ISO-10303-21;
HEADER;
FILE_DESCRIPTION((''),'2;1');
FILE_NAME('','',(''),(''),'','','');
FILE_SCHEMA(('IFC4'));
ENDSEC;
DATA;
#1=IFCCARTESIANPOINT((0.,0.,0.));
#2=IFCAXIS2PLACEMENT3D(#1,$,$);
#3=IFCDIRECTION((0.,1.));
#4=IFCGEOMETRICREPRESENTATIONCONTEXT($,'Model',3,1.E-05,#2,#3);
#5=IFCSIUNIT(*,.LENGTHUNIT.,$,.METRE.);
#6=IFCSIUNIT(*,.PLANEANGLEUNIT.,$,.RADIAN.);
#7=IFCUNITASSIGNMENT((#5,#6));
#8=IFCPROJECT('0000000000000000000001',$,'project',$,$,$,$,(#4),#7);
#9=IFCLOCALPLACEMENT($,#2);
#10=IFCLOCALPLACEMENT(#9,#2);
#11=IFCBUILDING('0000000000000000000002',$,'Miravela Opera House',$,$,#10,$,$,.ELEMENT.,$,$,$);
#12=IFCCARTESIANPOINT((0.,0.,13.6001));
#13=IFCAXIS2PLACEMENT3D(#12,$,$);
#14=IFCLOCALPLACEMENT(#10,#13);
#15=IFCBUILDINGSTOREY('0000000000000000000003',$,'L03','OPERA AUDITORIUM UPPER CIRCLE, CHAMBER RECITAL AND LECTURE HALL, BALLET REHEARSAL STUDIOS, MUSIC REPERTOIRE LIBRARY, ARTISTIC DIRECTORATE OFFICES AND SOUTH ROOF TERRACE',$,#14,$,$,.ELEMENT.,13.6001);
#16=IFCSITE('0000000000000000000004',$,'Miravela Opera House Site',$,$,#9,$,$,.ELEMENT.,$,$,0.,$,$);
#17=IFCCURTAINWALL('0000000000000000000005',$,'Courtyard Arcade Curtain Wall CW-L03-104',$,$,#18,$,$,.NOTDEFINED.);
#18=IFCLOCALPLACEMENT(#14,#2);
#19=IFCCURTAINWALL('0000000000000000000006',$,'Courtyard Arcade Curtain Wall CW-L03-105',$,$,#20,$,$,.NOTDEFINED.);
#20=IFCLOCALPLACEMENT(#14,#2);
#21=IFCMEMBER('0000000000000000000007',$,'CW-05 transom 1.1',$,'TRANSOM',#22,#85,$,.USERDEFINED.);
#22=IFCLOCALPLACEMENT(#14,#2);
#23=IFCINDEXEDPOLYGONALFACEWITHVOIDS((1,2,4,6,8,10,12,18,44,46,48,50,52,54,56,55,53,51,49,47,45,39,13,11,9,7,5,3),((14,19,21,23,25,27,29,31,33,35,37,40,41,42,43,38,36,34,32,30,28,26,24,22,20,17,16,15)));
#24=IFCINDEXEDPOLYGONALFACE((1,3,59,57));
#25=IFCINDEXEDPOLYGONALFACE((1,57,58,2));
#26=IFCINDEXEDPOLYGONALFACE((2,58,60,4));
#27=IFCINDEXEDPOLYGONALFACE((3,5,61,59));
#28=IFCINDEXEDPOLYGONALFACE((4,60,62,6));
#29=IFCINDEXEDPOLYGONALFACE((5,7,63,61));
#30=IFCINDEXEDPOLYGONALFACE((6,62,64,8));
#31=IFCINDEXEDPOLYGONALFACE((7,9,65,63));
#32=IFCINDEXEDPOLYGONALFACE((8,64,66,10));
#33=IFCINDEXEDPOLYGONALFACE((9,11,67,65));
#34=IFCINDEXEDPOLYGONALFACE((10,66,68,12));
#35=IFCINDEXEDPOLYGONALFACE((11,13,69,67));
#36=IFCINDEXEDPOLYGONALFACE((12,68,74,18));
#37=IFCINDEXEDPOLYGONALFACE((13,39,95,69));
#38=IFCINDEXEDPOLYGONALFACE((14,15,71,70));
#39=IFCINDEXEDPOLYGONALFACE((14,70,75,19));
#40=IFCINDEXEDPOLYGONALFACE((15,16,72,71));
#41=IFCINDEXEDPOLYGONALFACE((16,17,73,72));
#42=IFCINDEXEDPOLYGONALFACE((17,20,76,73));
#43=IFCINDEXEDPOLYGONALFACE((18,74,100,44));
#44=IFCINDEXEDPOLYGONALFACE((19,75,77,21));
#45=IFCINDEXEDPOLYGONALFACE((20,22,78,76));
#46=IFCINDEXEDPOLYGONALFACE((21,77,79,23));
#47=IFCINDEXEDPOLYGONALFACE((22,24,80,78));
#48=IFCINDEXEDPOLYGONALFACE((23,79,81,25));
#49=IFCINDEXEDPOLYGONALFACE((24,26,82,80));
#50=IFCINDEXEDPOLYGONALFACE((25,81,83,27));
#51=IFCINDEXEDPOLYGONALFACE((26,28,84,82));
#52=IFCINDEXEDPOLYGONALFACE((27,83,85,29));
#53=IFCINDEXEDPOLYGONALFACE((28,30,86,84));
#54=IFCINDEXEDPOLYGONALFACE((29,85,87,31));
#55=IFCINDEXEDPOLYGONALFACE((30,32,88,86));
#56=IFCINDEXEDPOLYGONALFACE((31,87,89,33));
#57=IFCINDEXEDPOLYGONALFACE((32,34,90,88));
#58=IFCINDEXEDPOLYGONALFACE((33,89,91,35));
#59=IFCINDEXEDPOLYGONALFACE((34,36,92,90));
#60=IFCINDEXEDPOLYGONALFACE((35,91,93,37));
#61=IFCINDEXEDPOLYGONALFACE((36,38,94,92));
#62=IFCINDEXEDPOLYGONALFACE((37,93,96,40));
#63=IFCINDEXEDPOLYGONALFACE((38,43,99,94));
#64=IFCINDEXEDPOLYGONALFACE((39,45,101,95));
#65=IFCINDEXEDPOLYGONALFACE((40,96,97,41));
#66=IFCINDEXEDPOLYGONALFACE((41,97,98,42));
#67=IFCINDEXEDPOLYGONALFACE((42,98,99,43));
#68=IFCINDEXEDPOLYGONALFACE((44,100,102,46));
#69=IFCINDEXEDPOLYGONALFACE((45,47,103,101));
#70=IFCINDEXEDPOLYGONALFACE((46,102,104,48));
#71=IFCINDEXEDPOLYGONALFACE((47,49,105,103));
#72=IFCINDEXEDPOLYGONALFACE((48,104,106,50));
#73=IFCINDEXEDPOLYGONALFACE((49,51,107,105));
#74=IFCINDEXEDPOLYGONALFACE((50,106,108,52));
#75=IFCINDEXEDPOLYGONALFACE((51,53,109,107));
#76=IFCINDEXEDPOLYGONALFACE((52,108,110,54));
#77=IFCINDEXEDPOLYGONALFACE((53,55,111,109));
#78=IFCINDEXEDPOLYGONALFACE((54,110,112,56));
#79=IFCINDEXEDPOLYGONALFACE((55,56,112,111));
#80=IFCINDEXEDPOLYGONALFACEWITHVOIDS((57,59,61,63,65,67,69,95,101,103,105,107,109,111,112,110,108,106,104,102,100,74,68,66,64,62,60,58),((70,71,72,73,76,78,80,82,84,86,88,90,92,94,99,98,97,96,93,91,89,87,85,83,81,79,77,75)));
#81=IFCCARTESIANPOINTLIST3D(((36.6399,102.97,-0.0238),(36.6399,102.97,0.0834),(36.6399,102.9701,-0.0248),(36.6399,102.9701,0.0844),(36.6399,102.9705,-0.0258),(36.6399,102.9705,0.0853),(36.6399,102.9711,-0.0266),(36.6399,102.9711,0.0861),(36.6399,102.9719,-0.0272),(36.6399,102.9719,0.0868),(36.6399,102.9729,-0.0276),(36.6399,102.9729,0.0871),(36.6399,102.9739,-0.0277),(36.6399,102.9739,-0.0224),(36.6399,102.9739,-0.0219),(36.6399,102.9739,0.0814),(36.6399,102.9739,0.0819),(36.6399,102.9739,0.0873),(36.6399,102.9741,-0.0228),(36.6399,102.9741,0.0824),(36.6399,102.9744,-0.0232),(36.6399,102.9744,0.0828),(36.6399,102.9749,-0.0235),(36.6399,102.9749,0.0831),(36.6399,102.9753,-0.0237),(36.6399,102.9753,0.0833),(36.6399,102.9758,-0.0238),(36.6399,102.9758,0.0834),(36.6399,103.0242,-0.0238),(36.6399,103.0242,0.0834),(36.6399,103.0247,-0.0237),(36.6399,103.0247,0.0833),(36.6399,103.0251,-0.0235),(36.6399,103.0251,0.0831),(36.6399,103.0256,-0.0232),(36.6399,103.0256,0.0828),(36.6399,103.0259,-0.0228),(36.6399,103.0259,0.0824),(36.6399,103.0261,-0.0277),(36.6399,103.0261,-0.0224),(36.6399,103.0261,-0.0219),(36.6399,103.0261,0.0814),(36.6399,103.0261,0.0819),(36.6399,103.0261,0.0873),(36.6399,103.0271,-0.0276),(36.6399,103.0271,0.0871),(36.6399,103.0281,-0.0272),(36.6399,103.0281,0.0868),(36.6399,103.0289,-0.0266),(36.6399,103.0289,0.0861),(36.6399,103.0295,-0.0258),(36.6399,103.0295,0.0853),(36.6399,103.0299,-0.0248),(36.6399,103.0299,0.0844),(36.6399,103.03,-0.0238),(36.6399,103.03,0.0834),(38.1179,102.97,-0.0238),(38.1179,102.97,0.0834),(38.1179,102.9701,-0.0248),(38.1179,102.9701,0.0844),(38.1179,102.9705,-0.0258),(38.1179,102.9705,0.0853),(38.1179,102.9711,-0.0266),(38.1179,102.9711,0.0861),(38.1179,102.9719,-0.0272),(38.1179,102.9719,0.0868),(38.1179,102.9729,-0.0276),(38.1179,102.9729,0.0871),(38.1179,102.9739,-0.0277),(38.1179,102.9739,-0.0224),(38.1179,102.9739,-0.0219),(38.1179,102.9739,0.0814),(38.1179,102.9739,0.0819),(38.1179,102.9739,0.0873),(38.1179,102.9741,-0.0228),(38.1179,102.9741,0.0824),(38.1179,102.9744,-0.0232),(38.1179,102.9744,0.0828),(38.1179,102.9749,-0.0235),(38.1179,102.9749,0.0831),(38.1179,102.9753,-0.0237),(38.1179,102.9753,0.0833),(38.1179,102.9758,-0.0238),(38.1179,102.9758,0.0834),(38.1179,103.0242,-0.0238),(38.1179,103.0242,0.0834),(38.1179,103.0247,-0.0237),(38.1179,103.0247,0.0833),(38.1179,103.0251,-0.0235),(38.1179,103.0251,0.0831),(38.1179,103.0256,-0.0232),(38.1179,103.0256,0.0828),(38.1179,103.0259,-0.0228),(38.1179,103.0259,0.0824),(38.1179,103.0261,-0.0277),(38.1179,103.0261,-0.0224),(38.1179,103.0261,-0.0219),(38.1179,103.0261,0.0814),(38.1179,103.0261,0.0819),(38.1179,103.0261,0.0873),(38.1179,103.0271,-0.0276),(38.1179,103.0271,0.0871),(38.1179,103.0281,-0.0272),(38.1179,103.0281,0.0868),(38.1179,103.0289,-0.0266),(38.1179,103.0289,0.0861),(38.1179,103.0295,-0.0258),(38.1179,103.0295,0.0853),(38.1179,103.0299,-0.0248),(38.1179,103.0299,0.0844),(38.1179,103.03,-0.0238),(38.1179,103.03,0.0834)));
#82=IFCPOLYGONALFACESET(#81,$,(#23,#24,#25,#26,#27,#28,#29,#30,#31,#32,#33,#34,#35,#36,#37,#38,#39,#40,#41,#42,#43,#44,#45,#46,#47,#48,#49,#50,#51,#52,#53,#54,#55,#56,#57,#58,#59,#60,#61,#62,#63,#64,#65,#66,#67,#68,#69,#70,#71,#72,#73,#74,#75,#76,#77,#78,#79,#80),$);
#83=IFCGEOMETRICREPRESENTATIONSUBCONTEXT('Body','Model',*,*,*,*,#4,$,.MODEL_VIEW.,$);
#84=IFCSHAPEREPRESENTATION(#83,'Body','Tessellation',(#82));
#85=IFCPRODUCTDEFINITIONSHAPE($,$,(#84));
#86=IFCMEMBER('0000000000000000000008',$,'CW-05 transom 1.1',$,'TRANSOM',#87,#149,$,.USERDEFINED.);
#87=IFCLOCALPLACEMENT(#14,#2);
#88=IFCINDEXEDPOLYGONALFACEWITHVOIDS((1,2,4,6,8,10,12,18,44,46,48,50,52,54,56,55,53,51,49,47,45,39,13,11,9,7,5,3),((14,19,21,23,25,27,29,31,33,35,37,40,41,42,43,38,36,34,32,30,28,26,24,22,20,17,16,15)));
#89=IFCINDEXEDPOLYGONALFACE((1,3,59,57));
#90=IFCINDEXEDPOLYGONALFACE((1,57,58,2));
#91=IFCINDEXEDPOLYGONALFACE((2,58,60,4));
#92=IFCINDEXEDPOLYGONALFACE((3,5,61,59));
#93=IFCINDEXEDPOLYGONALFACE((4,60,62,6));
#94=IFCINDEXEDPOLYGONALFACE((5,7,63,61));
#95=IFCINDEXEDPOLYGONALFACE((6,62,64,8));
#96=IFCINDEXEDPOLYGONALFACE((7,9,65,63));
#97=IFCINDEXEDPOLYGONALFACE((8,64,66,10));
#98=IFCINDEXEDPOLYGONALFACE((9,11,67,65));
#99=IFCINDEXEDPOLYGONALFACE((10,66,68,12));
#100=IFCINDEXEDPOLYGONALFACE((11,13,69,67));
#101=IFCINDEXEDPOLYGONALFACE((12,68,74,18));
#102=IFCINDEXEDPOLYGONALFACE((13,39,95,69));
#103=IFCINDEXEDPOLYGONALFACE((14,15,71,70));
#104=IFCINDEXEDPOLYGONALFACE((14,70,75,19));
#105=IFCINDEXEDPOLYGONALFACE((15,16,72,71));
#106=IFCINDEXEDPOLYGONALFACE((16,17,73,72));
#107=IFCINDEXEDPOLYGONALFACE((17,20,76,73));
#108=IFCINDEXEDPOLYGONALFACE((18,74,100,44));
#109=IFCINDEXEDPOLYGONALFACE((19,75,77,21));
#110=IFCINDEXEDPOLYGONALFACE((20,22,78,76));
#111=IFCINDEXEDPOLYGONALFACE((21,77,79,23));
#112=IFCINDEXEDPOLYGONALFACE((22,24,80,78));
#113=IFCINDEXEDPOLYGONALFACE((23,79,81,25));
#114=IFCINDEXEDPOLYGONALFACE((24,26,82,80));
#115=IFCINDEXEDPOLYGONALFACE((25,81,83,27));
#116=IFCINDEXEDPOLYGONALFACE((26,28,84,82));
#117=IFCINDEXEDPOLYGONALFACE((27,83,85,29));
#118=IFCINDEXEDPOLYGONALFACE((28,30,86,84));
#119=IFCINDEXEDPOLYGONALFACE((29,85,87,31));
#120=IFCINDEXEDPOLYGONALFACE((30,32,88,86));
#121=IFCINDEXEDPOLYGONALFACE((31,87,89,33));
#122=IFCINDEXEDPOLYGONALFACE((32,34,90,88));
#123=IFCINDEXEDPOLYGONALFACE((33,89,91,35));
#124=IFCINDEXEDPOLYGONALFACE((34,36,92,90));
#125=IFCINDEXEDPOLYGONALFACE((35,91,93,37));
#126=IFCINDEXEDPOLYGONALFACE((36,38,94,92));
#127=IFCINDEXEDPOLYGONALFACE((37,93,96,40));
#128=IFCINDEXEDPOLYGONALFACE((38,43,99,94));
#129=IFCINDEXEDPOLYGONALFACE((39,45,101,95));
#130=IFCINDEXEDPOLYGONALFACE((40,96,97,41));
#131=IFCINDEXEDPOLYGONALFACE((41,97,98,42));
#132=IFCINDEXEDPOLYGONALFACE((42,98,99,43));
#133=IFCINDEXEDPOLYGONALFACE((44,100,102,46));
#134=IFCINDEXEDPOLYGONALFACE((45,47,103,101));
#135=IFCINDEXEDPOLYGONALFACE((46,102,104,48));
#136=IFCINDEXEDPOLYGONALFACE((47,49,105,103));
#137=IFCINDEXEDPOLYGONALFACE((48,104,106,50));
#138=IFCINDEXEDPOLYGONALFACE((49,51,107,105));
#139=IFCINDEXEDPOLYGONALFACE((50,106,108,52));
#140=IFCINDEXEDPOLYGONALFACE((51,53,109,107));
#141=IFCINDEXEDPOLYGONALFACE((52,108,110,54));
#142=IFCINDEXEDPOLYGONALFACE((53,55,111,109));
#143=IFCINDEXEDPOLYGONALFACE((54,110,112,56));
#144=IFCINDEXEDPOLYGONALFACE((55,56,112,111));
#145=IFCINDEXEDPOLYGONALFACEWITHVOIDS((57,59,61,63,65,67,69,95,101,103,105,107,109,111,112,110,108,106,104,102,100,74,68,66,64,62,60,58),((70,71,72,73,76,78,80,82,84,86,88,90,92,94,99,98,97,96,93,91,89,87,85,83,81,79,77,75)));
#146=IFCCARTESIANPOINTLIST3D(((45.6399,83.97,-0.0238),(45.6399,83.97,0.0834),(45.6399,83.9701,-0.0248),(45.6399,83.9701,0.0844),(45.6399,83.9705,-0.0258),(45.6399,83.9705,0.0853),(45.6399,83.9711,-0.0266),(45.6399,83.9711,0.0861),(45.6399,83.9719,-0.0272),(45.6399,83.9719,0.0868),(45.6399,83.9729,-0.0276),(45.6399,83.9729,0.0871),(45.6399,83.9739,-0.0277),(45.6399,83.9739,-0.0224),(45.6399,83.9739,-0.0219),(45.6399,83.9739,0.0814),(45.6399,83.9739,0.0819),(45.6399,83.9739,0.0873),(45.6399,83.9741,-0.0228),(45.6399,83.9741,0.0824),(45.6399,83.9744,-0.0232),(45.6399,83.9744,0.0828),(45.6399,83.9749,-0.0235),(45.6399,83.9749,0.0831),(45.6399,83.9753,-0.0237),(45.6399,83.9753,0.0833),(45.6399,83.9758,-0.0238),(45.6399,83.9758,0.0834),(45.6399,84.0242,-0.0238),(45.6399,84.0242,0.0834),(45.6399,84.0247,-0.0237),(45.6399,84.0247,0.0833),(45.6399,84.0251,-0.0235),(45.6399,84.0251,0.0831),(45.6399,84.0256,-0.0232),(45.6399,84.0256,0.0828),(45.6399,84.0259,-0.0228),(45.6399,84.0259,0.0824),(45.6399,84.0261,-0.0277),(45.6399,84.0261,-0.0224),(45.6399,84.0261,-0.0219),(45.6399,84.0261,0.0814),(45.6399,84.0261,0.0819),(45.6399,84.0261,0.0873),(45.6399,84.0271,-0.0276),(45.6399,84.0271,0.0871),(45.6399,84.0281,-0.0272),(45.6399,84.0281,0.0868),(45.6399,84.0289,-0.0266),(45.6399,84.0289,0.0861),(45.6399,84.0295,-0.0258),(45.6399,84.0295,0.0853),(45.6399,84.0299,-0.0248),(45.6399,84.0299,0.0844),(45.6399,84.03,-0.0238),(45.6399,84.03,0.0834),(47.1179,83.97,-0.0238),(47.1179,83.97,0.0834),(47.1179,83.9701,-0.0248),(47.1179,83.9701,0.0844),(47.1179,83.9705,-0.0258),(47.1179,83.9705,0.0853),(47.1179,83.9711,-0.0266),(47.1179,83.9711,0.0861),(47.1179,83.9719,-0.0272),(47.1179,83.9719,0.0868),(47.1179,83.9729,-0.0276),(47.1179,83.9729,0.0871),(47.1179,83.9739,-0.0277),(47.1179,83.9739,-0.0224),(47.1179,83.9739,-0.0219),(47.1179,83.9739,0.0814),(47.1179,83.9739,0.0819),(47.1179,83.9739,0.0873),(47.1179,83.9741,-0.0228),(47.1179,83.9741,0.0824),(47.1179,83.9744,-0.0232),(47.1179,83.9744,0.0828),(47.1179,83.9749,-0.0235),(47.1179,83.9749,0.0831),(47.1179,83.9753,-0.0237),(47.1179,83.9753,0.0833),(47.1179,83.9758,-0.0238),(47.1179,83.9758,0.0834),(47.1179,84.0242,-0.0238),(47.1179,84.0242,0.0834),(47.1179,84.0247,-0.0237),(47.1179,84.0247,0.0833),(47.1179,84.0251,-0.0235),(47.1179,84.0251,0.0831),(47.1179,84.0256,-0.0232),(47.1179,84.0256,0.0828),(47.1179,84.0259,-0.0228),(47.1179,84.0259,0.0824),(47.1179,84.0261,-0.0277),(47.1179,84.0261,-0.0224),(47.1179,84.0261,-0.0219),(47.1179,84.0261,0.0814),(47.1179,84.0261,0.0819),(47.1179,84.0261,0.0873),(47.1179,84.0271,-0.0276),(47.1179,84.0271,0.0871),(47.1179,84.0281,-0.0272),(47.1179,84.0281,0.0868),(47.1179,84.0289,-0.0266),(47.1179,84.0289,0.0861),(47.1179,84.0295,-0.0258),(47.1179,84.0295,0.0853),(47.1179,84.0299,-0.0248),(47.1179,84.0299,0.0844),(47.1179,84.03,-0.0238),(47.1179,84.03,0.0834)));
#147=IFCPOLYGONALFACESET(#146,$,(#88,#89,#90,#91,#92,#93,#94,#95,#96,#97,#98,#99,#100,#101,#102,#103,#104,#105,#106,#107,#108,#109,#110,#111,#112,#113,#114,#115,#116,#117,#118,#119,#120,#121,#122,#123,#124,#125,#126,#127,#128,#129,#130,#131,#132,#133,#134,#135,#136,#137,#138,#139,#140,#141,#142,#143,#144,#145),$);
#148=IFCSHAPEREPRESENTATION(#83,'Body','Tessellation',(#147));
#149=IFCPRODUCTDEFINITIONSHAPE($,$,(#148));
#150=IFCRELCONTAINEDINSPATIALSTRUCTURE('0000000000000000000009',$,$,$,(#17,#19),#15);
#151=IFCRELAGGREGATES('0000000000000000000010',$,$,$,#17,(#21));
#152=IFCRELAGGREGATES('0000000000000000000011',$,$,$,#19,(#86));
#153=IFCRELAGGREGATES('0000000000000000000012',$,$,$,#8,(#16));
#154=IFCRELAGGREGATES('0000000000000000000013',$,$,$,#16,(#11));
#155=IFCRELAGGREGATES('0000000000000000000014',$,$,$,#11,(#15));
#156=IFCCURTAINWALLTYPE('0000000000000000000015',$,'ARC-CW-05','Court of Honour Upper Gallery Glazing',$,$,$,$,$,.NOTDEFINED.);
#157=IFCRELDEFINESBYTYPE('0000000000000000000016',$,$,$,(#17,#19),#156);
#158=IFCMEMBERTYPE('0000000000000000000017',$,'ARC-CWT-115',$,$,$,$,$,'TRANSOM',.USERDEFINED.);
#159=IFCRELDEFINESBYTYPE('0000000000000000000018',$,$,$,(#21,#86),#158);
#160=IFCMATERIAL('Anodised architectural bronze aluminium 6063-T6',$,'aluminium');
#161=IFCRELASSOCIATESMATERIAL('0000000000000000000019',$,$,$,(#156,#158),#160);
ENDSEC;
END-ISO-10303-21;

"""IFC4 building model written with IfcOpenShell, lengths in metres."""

from ifc_helpers import new_model, si_unit, direction, frame, origin, origin_2d, place, context, subcontext, project, spatial, hollow_rectangle, extrude, material, material_profile, profile_set, type_object, element, aggregate, save


model = new_model("IFC4")

# Units and contexts
model_context = context("Model", 3, precision=1e-05, world=origin(), true_north=direction((0.0, 1.0)))
body_context = subcontext(model_context, "Body", "Model", "MODEL_VIEW")
ifc_project = project(units=[si_unit("LENGTHUNIT", "METRE"), si_unit("PLANEANGLEUNIT", "RADIAN")], contexts=[model_context])

# Site, building, storey
site_placement = place(None, origin())
site = spatial("IfcSite", under=ifc_project, at=site_placement, Name="Miravela Opera House Site", CompositionType="ELEMENT", RefElevation=0.0)
building_placement = place(site_placement, origin())
building = spatial("IfcBuilding", under=site, at=building_placement, Name="Miravela Opera House", CompositionType="ELEMENT")
storey_placement = place(building_placement, frame((0.0, 0.0, 13.6001)))
storey = spatial("IfcBuildingStorey", under=building, at=storey_placement, Name="L03", Description="OPERA AUDITORIUM UPPER CIRCLE, CHAMBER RECITAL AND LECTURE HALL, BALLET REHEARSAL STUDIOS, MUSIC REPERTOIRE LIBRARY, ARTISTIC DIRECTORATE OFFICES AND SOUTH ROOF TERRACE", CompositionType="ELEMENT", Elevation=13.6001)

# Shared definitions
ifc_material_1 = material(Name="Anodised architectural bronze aluminium 6063-T6", Category="aluminium")
curtain_wall_type = type_object("IfcCurtainWallType", Name="ARC-CW-05", Description="Court of Honour Upper Gallery Glazing", PredefinedType="NOTDEFINED", material=ifc_material_1)

# Curtain wall
curtain_wall_1_placement = place(storey_placement, origin())
curtain_wall_1 = element("IfcCurtainWall", 1, at=curtain_wall_1_placement, inside=storey, type_object=curtain_wall_type, Name="Courtyard Arcade Curtain Wall CW-L03-104", PredefinedType="NOTDEFINED")

# Curtain wall
curtain_wall_2_placement = place(storey_placement, origin())
curtain_wall_2 = element("IfcCurtainWall", 2, at=curtain_wall_2_placement, inside=storey, type_object=curtain_wall_type, Name="Courtyard Arcade Curtain Wall CW-L03-105", PredefinedType="NOTDEFINED")

# Members
ifc_material_profile_1 = material_profile(ifc_material_1, hollow_rectangle(XDim=0.0601, YDim=0.115, WallThickness=0.0039, InnerFilletRadius=0.002, OuterFilletRadius=0.0039, at=origin_2d()), Name="CWT-60X115")
ifc_profile_set_1 = profile_set([ifc_material_profile_1])
member_type_1 = type_object("IfcMemberType", Name="ARC-CWT-115", ElementType="TRANSOM", PredefinedType="USERDEFINED", material=ifc_profile_set_1)
member_1_placement = place(storey_placement, frame((36.6399, 103.0, 0.0298), z_axis=(1.0, 0.0, 0.0), x_axis=(0.0, 1.0, 0.0)))
member_1 = element("IfcMember", 3, at=member_1_placement, type_object=member_type_1, Name="CW-05 transom 1.1", ObjectType="TRANSOM", PredefinedType="USERDEFINED", context=body_context, shape_type="SweptSolid", body=[
    extrude(hollow_rectangle(XDim=0.0601, YDim=0.115, WallThickness=0.0039, InnerFilletRadius=0.002, OuterFilletRadius=0.0039, at=origin_2d()), origin(), (0.0, 0.0, 1.0), 1.478),
])
aggregate(curtain_wall_1, [member_1])
member_2_placement = place(storey_placement, frame((45.6399, 84.0, 0.0298), z_axis=(1.0, 0.0, 0.0), x_axis=(0.0, 1.0, 0.0)))
member_2 = element("IfcMember", 4, at=member_2_placement, type_object=member_type_1, Name="CW-05 transom 1.1", ObjectType="TRANSOM", PredefinedType="USERDEFINED", context=body_context, shape_type="SweptSolid", body=[
    extrude(hollow_rectangle(XDim=0.0601, YDim=0.115, WallThickness=0.0039, InnerFilletRadius=0.002, OuterFilletRadius=0.0039, at=origin_2d()), origin(), (0.0, 0.0, 1.0), 1.478),
])

aggregate(curtain_wall_2, [member_2])

save(model, "model.ifc")
